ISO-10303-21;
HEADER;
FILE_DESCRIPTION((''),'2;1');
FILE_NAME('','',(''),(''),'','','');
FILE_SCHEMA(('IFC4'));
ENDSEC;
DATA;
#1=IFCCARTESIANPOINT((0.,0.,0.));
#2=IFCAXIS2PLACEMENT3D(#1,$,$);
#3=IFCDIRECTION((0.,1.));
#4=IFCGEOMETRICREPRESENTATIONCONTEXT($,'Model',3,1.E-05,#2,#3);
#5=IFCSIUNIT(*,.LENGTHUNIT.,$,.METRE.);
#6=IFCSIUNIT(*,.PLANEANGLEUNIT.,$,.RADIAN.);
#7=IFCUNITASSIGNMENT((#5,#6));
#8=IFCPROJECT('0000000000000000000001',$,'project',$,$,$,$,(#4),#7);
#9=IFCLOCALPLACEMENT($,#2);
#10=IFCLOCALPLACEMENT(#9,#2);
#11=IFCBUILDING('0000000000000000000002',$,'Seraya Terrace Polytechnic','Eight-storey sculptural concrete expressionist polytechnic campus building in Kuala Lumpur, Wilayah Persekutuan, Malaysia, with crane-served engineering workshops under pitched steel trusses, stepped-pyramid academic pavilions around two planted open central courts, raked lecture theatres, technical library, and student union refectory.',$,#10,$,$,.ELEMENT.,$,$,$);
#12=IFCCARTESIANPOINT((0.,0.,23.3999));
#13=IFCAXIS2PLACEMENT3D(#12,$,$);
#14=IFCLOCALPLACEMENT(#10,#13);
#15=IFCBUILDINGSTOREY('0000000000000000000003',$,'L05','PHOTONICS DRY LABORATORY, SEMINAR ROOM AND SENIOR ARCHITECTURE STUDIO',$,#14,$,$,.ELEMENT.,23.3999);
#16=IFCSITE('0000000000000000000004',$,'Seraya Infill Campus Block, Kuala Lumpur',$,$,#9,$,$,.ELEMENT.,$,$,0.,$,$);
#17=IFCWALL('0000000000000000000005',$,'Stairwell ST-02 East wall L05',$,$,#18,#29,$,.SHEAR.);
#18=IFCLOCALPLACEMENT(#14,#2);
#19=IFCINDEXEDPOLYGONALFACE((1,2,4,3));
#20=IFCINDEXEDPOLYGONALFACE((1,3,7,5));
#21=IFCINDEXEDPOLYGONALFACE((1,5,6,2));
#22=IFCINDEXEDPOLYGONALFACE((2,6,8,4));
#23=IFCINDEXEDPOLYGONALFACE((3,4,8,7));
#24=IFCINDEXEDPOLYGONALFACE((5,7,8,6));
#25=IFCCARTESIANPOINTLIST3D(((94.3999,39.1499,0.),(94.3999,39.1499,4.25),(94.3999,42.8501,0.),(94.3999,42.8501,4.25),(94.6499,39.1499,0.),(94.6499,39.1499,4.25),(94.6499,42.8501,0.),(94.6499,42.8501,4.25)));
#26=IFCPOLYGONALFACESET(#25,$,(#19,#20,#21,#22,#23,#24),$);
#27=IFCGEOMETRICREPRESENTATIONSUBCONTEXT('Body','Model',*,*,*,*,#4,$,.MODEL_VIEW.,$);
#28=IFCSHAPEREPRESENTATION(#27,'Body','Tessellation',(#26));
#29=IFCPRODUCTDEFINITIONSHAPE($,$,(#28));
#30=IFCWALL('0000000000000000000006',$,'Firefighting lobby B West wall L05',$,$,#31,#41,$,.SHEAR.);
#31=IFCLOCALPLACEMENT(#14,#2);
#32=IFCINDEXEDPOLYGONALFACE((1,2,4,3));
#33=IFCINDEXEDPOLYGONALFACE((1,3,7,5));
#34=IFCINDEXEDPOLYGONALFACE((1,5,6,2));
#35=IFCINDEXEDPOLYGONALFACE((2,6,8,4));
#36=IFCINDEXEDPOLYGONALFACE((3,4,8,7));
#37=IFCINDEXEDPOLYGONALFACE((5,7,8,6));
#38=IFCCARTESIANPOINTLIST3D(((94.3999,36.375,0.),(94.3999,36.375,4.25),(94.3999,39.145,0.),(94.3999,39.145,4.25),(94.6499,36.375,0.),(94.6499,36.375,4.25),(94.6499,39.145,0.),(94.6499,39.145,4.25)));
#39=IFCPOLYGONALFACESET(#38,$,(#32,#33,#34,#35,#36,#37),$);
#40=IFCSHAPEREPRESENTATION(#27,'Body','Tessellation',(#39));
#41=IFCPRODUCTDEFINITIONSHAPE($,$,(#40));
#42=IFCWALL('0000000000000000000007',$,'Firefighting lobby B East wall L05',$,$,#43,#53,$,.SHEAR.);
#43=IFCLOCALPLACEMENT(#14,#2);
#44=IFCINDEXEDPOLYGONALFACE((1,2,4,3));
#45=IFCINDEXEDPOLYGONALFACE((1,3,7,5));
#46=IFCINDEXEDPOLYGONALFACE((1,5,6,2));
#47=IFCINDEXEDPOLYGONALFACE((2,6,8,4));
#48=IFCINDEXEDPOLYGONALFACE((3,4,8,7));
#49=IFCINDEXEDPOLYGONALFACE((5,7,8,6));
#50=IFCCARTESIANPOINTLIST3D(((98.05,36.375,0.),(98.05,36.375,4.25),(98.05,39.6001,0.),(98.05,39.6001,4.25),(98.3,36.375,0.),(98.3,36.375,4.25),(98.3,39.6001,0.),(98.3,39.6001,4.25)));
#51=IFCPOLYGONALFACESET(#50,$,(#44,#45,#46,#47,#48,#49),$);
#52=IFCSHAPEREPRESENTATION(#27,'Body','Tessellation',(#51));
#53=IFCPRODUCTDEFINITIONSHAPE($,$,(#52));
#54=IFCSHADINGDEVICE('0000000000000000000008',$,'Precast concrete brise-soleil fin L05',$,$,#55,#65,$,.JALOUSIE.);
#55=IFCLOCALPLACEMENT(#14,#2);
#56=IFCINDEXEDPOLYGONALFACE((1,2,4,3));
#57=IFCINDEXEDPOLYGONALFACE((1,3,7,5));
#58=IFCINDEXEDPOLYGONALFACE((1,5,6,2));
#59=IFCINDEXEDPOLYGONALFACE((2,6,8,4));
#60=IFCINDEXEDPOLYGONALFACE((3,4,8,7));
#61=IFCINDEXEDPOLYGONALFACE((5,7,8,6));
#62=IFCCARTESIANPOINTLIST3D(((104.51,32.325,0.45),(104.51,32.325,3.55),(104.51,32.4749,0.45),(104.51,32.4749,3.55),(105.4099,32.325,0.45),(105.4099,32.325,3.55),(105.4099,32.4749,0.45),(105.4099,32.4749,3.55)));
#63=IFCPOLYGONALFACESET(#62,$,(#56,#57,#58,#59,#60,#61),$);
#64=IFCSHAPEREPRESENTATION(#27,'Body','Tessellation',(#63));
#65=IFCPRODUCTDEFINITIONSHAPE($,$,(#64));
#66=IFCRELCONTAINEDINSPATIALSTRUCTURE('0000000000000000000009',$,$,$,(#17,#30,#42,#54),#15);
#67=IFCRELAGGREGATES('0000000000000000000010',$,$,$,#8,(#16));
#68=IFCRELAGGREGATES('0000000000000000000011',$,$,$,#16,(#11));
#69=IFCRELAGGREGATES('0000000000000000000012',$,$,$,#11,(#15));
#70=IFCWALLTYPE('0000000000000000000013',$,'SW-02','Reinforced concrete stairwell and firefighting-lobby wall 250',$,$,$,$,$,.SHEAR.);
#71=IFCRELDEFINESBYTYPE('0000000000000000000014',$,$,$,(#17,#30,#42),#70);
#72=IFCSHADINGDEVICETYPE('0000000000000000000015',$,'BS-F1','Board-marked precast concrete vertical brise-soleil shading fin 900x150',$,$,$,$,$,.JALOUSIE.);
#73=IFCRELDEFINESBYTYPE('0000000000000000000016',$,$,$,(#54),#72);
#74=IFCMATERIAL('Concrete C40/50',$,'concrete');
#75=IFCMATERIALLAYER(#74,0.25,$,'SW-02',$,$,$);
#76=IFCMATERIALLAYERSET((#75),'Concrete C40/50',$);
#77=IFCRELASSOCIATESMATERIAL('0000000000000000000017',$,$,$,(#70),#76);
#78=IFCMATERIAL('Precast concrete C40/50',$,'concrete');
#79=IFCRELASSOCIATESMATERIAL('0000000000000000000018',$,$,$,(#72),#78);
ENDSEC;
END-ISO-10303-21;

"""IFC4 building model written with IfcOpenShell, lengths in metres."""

from ifc_helpers import new_model, si_unit, direction, frame, frame_2d, origin, origin_2d, place, context, subcontext, project, spatial, rectangle, extrude, material, layer, layer_set, type_object, element, save


model = new_model("IFC4")

# Units and contexts
model_context = context("Model", 3, precision=1e-05, world=origin(), true_north=direction((0.0, 1.0)))
body_context = subcontext(model_context, "Body", "Model", "MODEL_VIEW")
ifc_project = project(units=[si_unit("LENGTHUNIT", "METRE"), si_unit("PLANEANGLEUNIT", "RADIAN")], contexts=[model_context])

# Site, building, storey
site_placement = place(None, origin())
site = spatial("IfcSite", under=ifc_project, at=site_placement, Name="Seraya Infill Campus Block, Kuala Lumpur", CompositionType="ELEMENT", RefElevation=0.0)
building_placement = place(site_placement, origin())
building = spatial("IfcBuilding", under=site, at=building_placement, Name="Seraya Terrace Polytechnic", Description="Eight-storey sculptural concrete expressionist polytechnic campus building in Kuala Lumpur, Wilayah Persekutuan, Malaysia, with crane-served engineering workshops under pitched steel trusses, stepped-pyramid academic pavilions around two planted open central courts, raked lecture theatres, technical library, and student union refectory.", CompositionType="ELEMENT")
storey_placement = place(building_placement, frame((0.0, 0.0, 23.3999)))
storey = spatial("IfcBuildingStorey", under=building, at=storey_placement, Name="L05", Description="PHOTONICS DRY LABORATORY, SEMINAR ROOM AND SENIOR ARCHITECTURE STUDIO", CompositionType="ELEMENT", Elevation=23.3999)

# Shared definitions
ifc_material_1 = material(Name="Concrete C40/50", Category="concrete")

# Shared definitions
ifc_material_2 = material(Name="Precast concrete C40/50", Category="concrete")

# Wall
ifc_layer_1 = layer(ifc_material_1, 0.25, Name="SW-02")
ifc_layer_set_1 = layer_set([ifc_layer_1], Name="Concrete C40/50")
wall_type_1 = type_object("IfcWallType", Name="SW-02", Description="Reinforced concrete stairwell and firefighting-lobby wall 250", PredefinedType="SHEAR", material=ifc_layer_set_1)
wall_1_placement = place(storey_placement, frame((94.5249, 39.1499, 0.0), z_axis=(0.0, 0.0, 1.0), x_axis=(0.0, 1.0, 0.0)))
element("IfcWall", 1, at=wall_1_placement, inside=storey, type_object=wall_type_1, Name="Stairwell ST-02 East wall L05", PredefinedType="SHEAR", context=body_context, shape_type="SweptSolid", body=[
    extrude(rectangle(XDim=3.7002, YDim=0.25, at=frame_2d((1.8501, 0.0))), origin(), (0.0, 0.0, 1.0), 4.25),
])

# Walls
wall_2_placement = place(storey_placement, frame((94.5249, 36.375, 0.0), z_axis=(0.0, 0.0, 1.0), x_axis=(0.0, 1.0, 0.0)))
element("IfcWall", 2, at=wall_2_placement, inside=storey, type_object=wall_type_1, Name="Firefighting lobby B West wall L05", PredefinedType="SHEAR", context=body_context, shape_type="SweptSolid", body=[
    extrude(rectangle(XDim=2.77, YDim=0.25, at=frame_2d((1.385, 0.0))), origin(), (0.0, 0.0, 1.0), 4.25),
])
wall_3_placement = place(storey_placement, frame((98.175, 36.375, 0.0), z_axis=(0.0, 0.0, 1.0), x_axis=(0.0, 1.0, 0.0)))
element("IfcWall", 3, at=wall_3_placement, inside=storey, type_object=wall_type_1, Name="Firefighting lobby B East wall L05", PredefinedType="SHEAR", context=body_context, shape_type="SweptSolid", body=[
    extrude(rectangle(XDim=3.2251, YDim=0.25, at=frame_2d((1.6125, 0.0))), origin(), (0.0, 0.0, 1.0), 4.25),
])

# Shading device
shading_device_type = type_object("IfcShadingDeviceType", Name="BS-F1", Description="Board-marked precast concrete vertical brise-soleil shading fin 900x150", PredefinedType="JALOUSIE", material=ifc_material_2)
shading_device_placement = place(storey_placement, frame((104.96, 32.3999, 0.45), z_axis=(0.0, 0.0, 1.0), x_axis=(1.0, 0.0, 0.0)))
element("IfcShadingDevice", 4, at=shading_device_placement, inside=storey, type_object=shading_device_type, Name="Precast concrete brise-soleil fin L05", PredefinedType="JALOUSIE", context=body_context, shape_type="SweptSolid", body=[
    extrude(rectangle(XDim=0.8999, YDim=0.1499, at=origin_2d()), origin(), (0.0, 0.0, 1.0), 3.1001),
])

save(model, "model.ifc")
